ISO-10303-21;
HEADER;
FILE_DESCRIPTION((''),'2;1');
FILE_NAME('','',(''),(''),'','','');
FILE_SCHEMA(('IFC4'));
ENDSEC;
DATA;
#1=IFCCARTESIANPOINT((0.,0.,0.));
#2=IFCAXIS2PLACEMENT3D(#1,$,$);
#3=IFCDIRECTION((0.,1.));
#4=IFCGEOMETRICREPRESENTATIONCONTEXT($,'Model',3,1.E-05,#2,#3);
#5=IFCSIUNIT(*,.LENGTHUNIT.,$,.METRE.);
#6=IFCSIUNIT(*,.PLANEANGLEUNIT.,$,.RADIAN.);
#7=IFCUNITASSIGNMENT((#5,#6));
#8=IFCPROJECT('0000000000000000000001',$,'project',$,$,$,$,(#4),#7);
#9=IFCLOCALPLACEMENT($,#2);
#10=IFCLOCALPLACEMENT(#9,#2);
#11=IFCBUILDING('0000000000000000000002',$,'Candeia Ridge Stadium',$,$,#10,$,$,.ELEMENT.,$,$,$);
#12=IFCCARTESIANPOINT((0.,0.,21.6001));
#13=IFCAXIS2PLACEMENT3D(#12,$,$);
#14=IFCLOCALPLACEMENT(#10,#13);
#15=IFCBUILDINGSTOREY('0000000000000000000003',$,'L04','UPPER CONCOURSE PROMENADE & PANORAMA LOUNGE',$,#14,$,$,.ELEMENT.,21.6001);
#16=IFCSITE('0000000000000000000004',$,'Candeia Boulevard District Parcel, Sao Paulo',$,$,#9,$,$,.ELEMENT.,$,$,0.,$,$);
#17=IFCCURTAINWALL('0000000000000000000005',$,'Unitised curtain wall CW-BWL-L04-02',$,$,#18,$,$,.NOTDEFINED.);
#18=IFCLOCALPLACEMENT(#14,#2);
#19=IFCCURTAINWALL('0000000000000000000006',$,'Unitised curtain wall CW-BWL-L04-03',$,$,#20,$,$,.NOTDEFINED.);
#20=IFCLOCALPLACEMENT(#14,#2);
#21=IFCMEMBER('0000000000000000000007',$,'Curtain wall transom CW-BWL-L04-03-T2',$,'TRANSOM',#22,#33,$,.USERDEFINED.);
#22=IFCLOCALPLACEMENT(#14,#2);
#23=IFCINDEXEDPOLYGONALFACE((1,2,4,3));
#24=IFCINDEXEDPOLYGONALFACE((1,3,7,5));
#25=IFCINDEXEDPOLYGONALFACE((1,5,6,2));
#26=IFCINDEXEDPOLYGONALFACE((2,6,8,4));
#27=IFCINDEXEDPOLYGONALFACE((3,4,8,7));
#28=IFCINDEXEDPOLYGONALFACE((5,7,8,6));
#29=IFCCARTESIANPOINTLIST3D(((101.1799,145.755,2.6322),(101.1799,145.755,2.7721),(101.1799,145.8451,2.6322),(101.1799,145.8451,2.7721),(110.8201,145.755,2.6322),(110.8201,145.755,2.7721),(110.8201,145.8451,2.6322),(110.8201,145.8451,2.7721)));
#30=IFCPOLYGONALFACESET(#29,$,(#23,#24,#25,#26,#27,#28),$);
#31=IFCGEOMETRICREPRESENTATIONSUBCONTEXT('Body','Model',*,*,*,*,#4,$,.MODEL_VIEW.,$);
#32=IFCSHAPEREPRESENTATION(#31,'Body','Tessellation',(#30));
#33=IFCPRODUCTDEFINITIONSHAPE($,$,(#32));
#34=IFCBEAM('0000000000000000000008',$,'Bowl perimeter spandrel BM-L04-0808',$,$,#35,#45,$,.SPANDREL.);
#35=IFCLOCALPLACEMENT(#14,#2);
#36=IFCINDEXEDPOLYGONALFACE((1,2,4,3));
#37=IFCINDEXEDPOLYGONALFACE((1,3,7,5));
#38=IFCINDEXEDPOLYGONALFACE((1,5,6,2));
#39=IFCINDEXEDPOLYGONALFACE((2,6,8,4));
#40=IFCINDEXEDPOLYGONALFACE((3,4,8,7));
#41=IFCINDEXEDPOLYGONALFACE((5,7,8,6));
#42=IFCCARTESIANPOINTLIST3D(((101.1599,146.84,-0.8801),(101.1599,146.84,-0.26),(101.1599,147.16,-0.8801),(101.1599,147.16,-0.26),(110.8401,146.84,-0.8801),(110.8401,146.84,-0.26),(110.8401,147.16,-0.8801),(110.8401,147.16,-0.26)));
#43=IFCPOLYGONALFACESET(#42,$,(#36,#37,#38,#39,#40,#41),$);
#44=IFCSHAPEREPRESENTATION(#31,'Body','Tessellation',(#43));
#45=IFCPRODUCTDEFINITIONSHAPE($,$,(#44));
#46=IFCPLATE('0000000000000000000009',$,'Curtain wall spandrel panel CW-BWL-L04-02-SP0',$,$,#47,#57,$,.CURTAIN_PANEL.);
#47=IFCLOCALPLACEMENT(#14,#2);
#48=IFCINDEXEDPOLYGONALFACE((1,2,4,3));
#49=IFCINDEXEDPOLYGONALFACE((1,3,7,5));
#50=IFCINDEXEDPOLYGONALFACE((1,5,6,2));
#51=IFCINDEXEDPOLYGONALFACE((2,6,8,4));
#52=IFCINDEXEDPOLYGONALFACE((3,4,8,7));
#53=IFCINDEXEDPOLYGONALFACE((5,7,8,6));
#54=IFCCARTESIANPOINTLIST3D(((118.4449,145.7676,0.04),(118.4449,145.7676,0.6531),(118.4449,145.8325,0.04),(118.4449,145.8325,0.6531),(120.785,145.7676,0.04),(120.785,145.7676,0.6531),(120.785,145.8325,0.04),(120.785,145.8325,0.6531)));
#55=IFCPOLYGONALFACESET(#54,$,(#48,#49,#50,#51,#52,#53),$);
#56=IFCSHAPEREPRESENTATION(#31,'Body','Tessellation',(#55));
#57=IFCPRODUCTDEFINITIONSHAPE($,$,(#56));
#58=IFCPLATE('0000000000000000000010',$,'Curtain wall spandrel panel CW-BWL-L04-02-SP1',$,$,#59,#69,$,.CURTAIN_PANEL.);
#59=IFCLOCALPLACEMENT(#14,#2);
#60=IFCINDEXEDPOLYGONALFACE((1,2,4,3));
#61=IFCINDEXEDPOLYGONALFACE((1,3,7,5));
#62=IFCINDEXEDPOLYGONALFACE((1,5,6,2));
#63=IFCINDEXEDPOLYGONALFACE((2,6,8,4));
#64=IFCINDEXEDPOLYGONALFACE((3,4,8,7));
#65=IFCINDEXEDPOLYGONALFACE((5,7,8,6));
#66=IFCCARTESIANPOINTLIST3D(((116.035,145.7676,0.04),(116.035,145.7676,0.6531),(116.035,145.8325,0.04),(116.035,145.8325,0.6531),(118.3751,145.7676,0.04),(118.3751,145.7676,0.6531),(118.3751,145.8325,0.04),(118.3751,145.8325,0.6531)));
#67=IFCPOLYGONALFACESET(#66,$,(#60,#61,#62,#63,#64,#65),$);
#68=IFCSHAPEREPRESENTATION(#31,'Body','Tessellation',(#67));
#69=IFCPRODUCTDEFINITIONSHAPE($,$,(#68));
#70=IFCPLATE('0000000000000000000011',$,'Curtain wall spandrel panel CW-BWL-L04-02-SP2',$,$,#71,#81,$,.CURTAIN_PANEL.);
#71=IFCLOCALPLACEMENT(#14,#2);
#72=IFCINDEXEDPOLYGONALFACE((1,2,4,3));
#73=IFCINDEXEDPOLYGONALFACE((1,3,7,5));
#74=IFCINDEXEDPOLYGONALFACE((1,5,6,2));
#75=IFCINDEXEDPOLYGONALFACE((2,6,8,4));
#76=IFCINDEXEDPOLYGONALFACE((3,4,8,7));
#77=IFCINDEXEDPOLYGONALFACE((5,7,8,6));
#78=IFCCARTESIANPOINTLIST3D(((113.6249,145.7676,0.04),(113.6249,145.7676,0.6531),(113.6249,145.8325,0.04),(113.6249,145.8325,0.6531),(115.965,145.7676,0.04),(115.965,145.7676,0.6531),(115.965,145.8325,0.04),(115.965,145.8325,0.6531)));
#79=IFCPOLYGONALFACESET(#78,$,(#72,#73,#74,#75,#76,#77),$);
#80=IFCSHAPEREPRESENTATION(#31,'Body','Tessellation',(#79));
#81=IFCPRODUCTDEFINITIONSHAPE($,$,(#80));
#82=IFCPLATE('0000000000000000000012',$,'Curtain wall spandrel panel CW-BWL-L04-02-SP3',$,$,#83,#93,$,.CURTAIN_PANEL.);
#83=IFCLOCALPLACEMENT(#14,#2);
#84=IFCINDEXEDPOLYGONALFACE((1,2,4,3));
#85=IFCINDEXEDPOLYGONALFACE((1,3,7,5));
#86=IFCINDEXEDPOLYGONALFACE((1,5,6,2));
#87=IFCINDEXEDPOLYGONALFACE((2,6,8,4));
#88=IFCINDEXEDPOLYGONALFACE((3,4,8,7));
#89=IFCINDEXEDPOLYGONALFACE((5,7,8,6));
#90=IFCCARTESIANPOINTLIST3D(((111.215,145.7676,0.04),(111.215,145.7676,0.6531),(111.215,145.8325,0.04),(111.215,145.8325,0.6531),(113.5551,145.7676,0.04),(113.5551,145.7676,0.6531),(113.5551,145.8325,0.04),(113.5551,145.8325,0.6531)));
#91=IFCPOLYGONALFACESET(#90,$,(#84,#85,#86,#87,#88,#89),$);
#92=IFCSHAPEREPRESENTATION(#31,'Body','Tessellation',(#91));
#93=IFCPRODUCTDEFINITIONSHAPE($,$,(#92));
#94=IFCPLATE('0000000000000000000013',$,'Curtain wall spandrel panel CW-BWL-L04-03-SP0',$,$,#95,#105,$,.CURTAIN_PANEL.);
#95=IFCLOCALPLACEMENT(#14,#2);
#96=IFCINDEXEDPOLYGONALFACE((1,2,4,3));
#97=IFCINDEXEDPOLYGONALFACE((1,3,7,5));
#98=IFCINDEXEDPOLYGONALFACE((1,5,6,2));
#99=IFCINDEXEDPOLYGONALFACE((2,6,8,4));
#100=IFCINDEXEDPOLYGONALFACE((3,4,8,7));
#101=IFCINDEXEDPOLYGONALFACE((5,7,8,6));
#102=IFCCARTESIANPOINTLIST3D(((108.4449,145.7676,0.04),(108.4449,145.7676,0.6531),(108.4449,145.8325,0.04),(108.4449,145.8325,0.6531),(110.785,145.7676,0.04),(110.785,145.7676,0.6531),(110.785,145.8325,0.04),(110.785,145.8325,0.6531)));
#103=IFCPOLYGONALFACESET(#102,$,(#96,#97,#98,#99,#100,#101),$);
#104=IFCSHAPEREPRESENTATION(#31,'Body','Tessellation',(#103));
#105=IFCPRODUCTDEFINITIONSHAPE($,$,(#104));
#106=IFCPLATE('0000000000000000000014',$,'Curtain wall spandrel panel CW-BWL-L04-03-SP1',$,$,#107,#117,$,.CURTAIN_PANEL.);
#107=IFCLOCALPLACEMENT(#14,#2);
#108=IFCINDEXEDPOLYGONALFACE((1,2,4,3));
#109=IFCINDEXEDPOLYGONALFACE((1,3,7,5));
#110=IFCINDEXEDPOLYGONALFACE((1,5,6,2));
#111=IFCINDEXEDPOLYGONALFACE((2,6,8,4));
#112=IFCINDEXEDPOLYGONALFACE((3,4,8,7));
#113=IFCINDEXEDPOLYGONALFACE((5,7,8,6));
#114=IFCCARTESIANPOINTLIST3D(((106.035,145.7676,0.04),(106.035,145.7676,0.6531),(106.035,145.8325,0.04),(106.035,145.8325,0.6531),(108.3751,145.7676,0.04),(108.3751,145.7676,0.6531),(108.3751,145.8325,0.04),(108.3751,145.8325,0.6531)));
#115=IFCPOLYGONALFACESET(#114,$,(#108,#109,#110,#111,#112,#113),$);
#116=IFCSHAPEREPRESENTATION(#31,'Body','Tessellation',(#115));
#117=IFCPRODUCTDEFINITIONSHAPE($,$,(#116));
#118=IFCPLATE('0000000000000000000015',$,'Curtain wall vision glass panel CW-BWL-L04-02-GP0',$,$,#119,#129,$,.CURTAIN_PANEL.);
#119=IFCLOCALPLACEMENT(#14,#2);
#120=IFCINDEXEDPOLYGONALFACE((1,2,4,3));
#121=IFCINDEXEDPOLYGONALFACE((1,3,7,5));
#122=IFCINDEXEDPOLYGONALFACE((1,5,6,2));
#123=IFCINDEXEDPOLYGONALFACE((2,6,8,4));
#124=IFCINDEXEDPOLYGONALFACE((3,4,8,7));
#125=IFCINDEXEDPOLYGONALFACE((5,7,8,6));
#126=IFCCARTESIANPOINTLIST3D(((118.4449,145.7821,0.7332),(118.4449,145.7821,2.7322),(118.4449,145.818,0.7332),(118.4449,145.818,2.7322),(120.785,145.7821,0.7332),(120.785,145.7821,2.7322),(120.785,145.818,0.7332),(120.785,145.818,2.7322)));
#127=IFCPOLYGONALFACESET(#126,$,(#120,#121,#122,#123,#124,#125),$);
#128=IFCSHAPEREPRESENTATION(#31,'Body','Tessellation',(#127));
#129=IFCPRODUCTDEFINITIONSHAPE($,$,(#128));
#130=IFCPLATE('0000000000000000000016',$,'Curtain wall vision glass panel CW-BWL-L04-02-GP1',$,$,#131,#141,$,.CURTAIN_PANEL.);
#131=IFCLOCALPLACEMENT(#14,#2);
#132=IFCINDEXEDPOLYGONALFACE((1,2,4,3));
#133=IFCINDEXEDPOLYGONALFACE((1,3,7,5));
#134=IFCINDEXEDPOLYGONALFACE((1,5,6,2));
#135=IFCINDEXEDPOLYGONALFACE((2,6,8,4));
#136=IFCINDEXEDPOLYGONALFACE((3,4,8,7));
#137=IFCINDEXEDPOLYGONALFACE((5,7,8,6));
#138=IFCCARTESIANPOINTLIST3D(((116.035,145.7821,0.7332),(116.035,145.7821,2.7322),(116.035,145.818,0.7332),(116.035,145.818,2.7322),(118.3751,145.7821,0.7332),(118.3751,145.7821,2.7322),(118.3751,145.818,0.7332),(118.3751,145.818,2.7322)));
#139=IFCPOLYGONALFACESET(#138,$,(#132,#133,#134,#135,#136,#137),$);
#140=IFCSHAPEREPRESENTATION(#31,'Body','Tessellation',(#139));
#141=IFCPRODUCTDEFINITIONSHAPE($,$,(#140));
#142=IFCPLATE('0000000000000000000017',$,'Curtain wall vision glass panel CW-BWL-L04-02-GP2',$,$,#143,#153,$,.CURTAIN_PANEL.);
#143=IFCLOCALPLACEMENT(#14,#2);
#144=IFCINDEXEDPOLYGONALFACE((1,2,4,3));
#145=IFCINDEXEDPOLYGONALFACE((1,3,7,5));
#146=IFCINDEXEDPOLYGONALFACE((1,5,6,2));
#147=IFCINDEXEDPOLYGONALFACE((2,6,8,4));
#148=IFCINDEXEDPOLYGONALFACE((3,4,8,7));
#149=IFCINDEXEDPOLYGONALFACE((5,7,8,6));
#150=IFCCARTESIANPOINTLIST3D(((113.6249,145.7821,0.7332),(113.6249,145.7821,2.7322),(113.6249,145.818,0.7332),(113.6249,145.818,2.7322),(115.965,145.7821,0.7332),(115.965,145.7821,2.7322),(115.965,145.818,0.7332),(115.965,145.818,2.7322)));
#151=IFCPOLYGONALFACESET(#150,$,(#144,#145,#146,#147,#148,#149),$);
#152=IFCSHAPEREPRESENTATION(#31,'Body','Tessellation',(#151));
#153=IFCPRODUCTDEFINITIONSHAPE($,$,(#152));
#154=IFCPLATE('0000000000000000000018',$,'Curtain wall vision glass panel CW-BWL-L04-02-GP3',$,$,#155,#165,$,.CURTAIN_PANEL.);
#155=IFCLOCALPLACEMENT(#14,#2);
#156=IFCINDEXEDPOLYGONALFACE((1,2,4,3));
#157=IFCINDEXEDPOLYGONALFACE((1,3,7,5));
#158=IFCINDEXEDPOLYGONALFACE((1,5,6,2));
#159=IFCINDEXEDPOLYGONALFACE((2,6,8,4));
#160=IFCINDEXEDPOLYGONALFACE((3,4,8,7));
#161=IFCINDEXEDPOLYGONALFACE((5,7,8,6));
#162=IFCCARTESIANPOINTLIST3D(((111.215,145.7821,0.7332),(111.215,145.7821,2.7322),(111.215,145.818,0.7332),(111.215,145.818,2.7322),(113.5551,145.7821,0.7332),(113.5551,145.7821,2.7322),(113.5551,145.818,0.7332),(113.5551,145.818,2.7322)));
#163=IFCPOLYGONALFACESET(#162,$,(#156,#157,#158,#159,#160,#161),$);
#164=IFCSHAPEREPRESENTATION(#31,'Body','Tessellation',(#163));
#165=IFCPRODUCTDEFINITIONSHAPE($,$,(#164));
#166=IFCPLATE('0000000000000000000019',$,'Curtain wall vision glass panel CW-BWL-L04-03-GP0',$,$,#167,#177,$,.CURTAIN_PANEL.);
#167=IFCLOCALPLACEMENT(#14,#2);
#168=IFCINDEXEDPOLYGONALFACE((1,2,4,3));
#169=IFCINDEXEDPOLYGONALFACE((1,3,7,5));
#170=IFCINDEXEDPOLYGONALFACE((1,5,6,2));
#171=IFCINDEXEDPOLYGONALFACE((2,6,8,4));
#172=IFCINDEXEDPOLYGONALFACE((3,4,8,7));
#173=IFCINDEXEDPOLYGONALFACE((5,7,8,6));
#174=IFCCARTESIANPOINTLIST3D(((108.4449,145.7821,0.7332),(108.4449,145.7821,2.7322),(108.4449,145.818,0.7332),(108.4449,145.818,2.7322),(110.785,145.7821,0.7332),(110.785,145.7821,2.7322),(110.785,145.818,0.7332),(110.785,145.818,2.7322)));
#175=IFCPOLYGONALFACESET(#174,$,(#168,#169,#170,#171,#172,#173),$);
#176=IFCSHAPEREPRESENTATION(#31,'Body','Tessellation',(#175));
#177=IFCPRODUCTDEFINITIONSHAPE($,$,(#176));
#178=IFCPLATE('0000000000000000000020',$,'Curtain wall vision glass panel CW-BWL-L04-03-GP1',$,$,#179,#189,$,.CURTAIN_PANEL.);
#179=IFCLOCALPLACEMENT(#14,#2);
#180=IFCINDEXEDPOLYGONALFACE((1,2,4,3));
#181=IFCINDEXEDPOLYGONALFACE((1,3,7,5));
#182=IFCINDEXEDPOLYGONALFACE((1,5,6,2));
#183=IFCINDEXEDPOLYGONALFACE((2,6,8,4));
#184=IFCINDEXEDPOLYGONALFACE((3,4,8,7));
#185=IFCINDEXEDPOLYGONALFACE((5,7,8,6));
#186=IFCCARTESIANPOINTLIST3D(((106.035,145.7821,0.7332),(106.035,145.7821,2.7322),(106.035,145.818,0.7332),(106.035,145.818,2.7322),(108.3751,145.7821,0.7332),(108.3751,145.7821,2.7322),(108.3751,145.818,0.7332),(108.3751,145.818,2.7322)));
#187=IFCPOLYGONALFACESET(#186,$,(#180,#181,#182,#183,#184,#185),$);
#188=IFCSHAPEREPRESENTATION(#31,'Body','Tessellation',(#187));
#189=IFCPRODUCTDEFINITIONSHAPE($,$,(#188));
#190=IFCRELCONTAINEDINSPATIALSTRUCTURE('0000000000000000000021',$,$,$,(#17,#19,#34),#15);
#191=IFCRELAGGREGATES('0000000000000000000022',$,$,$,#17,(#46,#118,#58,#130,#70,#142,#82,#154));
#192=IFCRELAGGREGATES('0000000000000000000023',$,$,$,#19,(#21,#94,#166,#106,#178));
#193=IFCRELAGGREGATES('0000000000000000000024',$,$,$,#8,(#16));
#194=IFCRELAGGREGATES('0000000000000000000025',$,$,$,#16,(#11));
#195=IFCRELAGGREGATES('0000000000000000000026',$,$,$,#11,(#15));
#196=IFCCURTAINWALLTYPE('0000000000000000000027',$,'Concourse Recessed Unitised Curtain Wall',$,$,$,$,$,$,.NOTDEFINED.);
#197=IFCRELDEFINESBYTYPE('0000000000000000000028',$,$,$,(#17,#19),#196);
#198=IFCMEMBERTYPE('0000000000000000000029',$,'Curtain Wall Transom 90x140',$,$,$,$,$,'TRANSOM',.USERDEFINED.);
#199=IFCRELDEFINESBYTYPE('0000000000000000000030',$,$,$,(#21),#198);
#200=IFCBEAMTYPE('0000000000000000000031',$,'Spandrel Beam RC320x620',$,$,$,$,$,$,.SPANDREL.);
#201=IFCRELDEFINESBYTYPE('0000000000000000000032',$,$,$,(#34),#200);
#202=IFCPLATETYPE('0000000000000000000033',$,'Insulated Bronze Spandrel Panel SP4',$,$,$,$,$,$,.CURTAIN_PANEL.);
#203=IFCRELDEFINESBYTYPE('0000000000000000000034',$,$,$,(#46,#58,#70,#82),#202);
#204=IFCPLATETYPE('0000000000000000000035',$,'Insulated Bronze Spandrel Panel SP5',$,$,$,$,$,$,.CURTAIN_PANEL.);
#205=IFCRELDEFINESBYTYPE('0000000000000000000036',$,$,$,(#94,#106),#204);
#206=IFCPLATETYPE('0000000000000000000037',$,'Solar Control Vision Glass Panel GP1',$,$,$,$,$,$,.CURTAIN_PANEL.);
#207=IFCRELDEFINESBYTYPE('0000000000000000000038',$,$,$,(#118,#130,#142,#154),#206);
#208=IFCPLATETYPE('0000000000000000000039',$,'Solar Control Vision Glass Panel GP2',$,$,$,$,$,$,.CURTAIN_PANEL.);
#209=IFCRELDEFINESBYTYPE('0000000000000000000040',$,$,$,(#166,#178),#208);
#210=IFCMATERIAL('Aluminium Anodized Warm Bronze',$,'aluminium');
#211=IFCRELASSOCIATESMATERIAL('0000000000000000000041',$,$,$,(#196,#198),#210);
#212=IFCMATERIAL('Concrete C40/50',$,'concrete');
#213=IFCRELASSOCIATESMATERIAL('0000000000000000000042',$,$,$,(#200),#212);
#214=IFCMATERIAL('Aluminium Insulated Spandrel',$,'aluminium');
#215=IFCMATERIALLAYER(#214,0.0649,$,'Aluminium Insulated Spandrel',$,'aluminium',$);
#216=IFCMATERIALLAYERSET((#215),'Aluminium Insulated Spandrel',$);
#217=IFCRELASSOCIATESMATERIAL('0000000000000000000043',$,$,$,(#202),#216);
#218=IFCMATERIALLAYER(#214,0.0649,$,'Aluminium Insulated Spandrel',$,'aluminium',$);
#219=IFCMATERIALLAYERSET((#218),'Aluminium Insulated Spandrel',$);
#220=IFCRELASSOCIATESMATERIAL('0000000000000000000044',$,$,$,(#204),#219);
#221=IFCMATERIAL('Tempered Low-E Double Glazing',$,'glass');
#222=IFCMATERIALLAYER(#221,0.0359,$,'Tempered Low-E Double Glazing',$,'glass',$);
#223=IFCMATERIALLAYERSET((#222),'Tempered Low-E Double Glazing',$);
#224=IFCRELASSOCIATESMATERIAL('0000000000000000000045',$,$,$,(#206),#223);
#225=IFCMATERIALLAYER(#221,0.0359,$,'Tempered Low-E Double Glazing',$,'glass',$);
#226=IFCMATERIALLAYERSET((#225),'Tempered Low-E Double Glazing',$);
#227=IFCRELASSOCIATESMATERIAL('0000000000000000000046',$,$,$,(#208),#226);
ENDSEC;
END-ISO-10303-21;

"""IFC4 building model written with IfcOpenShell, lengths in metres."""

from ifc_helpers import new_model, si_unit, direction, frame, origin, origin_2d, place, context, subcontext, project, spatial, rectangle, extrude, material, layer, layer_set, material_profile, profile_set, type_object, element, aggregate, save


model = new_model("IFC4")

# Units and contexts
model_context = context("Model", 3, precision=1e-05, world=origin(), true_north=direction((0.0, 1.0)))
body_context = subcontext(model_context, "Body", "Model", "MODEL_VIEW")
ifc_project = project(units=[si_unit("LENGTHUNIT", "METRE"), si_unit("PLANEANGLEUNIT", "RADIAN")], contexts=[model_context])

# Site, building, storey
site_placement = place(None, origin())
site = spatial("IfcSite", under=ifc_project, at=site_placement, Name="Candeia Boulevard District Parcel, Sao Paulo", CompositionType="ELEMENT", RefElevation=0.0)
building_placement = place(site_placement, origin())
building = spatial("IfcBuilding", under=site, at=building_placement, Name="Candeia Ridge Stadium", CompositionType="ELEMENT")
storey_placement = place(building_placement, frame((0.0, 0.0, 21.6001)))
storey = spatial("IfcBuildingStorey", under=building, at=storey_placement, Name="L04", Description="UPPER CONCOURSE PROMENADE & PANORAMA LOUNGE", CompositionType="ELEMENT", Elevation=21.6001)

# Curtain wall
ifc_material_1 = material(Name="Aluminium Anodized Warm Bronze", Category="aluminium")
curtain_wall_type = type_object("IfcCurtainWallType", Name="Concourse Recessed Unitised Curtain Wall", PredefinedType="NOTDEFINED", material=ifc_material_1)
curtain_wall_1_placement = place(storey_placement, origin())
curtain_wall_1 = element("IfcCurtainWall", 1, at=curtain_wall_1_placement, inside=storey, type_object=curtain_wall_type, Name="Unitised curtain wall CW-BWL-L04-02", PredefinedType="NOTDEFINED")

# Curtain wall
curtain_wall_2_placement = place(storey_placement, origin())
curtain_wall_2 = element("IfcCurtainWall", 2, at=curtain_wall_2_placement, inside=storey, type_object=curtain_wall_type, Name="Unitised curtain wall CW-BWL-L04-03", PredefinedType="NOTDEFINED")

# Member
ifc_material_profile_1 = material_profile(ifc_material_1, rectangle(XDim=0.0901, YDim=0.1399, at=origin_2d()), Name="CWT-90x140", Category="aluminium")
ifc_profile_set_1 = profile_set([ifc_material_profile_1], Name="Aluminium Anodized Warm Bronze")
member_type_1 = type_object("IfcMemberType", Name="Curtain Wall Transom 90x140", ElementType="TRANSOM", PredefinedType="USERDEFINED", material=ifc_profile_set_1)
member_1_placement = place(storey_placement, frame((110.8201, 145.8, 2.7021), z_axis=(-1.0, 0.0, 0.0), x_axis=(0.0, -1.0, 0.0)))
member_1 = element("IfcMember", 3, at=member_1_placement, type_object=member_type_1, Name="Curtain wall transom CW-BWL-L04-03-T2", ObjectType="TRANSOM", PredefinedType="USERDEFINED", context=body_context, shape_type="SweptSolid", body=[
    extrude(rectangle(XDim=0.0901, YDim=0.1399, at=origin_2d()), origin(), (0.0, 0.0, 1.0), 9.6401),
])

# Beam
ifc_material_2 = material(Name="Concrete C40/50", Category="concrete")
ifc_material_profile_2 = material_profile(ifc_material_2, rectangle(XDim=0.3201, YDim=0.6201, at=origin_2d()), Name="RC320x620", Category="concrete")
ifc_profile_set_2 = profile_set([ifc_material_profile_2], Name="Concrete C40/50")
beam_type = type_object("IfcBeamType", Name="Spandrel Beam RC320x620", PredefinedType="SPANDREL", material=ifc_profile_set_2)
beam_placement = place(storey_placement, frame((110.8401, 147.0, -0.5701), z_axis=(-1.0, 0.0, 0.0), x_axis=(0.0, -1.0, 0.0)))
element("IfcBeam", 4, at=beam_placement, inside=storey, type_object=beam_type, Name="Bowl perimeter spandrel BM-L04-0808", PredefinedType="SPANDREL", context=body_context, shape_type="SweptSolid", body=[
    extrude(rectangle(XDim=0.3201, YDim=0.6201, at=origin_2d()), origin(), (0.0, 0.0, 1.0), 9.6802),
])

# Plates
ifc_material_3 = material(Name="Aluminium Insulated Spandrel", Category="aluminium")
ifc_layer_1 = layer(ifc_material_3, 0.0649, Name="Aluminium Insulated Spandrel", Category="aluminium")
ifc_layer_set_1 = layer_set([ifc_layer_1], Name="Aluminium Insulated Spandrel")
plate_type_1 = type_object("IfcPlateType", Name="Insulated Bronze Spandrel Panel SP4", PredefinedType="CURTAIN_PANEL", material=ifc_layer_set_1)
plate_1_placement = place(storey_placement, frame((119.615, 145.8, 0.04), z_axis=(0.0, 0.0, 1.0), x_axis=(-1.0, 0.0, 0.0)))
plate_1 = element("IfcPlate", 5, at=plate_1_placement, type_object=plate_type_1, Name="Curtain wall spandrel panel CW-BWL-L04-02-SP0", PredefinedType="CURTAIN_PANEL", context=body_context, shape_type="SweptSolid", body=[
    extrude(rectangle(XDim=2.3401, YDim=0.0649, at=origin_2d()), origin(), (0.0, 0.0, 1.0), 0.613),
])
plate_2_placement = place(storey_placement, frame((117.2051, 145.8, 0.04), z_axis=(0.0, 0.0, 1.0), x_axis=(-1.0, 0.0, 0.0)))
plate_2 = element("IfcPlate", 6, at=plate_2_placement, type_object=plate_type_1, Name="Curtain wall spandrel panel CW-BWL-L04-02-SP1", PredefinedType="CURTAIN_PANEL", context=body_context, shape_type="SweptSolid", body=[
    extrude(rectangle(XDim=2.3401, YDim=0.0649, at=origin_2d()), origin(), (0.0, 0.0, 1.0), 0.613),
])
plate_3_placement = place(storey_placement, frame((114.7949, 145.8, 0.04), z_axis=(0.0, 0.0, 1.0), x_axis=(-1.0, 0.0, 0.0)))
plate_3 = element("IfcPlate", 7, at=plate_3_placement, type_object=plate_type_1, Name="Curtain wall spandrel panel CW-BWL-L04-02-SP2", PredefinedType="CURTAIN_PANEL", context=body_context, shape_type="SweptSolid", body=[
    extrude(rectangle(XDim=2.3401, YDim=0.0649, at=origin_2d()), origin(), (0.0, 0.0, 1.0), 0.613),
])
plate_4_placement = place(storey_placement, frame((112.385, 145.8, 0.04), z_axis=(0.0, 0.0, 1.0), x_axis=(-1.0, 0.0, 0.0)))
plate_4 = element("IfcPlate", 8, at=plate_4_placement, type_object=plate_type_1, Name="Curtain wall spandrel panel CW-BWL-L04-02-SP3", PredefinedType="CURTAIN_PANEL", context=body_context, shape_type="SweptSolid", body=[
    extrude(rectangle(XDim=2.3401, YDim=0.0649, at=origin_2d()), origin(), (0.0, 0.0, 1.0), 0.613),
])
ifc_layer_2 = layer(ifc_material_3, 0.0649, Name="Aluminium Insulated Spandrel", Category="aluminium")
ifc_layer_set_2 = layer_set([ifc_layer_2], Name="Aluminium Insulated Spandrel")
plate_type_2 = type_object("IfcPlateType", Name="Insulated Bronze Spandrel Panel SP5", PredefinedType="CURTAIN_PANEL", material=ifc_layer_set_2)
plate_5_placement = place(storey_placement, frame((109.615, 145.8, 0.04), z_axis=(0.0, 0.0, 1.0), x_axis=(-1.0, 0.0, 0.0)))
plate_5 = element("IfcPlate", 9, at=plate_5_placement, type_object=plate_type_2, Name="Curtain wall spandrel panel CW-BWL-L04-03-SP0", PredefinedType="CURTAIN_PANEL", context=body_context, shape_type="SweptSolid", body=[
    extrude(rectangle(XDim=2.3401, YDim=0.0649, at=origin_2d()), origin(), (0.0, 0.0, 1.0), 0.613),
])
plate_6_placement = place(storey_placement, frame((107.2051, 145.8, 0.04), z_axis=(0.0, 0.0, 1.0), x_axis=(-1.0, 0.0, 0.0)))
plate_6 = element("IfcPlate", 10, at=plate_6_placement, type_object=plate_type_2, Name="Curtain wall spandrel panel CW-BWL-L04-03-SP1", PredefinedType="CURTAIN_PANEL", context=body_context, shape_type="SweptSolid", body=[
    extrude(rectangle(XDim=2.3401, YDim=0.0649, at=origin_2d()), origin(), (0.0, 0.0, 1.0), 0.613),
])
ifc_material_4 = material(Name="Tempered Low-E Double Glazing", Category="glass")
ifc_layer_3 = layer(ifc_material_4, 0.0359, Name="Tempered Low-E Double Glazing", Category="glass")
ifc_layer_set_3 = layer_set([ifc_layer_3], Name="Tempered Low-E Double Glazing")
plate_type_3 = type_object("IfcPlateType", Name="Solar Control Vision Glass Panel GP1", PredefinedType="CURTAIN_PANEL", material=ifc_layer_set_3)
plate_7_placement = place(storey_placement, frame((119.615, 145.8, 0.7332), z_axis=(0.0, 0.0, 1.0), x_axis=(-1.0, 0.0, 0.0)))
plate_7 = element("IfcPlate", 11, at=plate_7_placement, type_object=plate_type_3, Name="Curtain wall vision glass panel CW-BWL-L04-02-GP0", PredefinedType="CURTAIN_PANEL", context=body_context, shape_type="SweptSolid", body=[
    extrude(rectangle(XDim=2.3401, YDim=0.0359, at=origin_2d()), origin(), (0.0, 0.0, 1.0), 1.999),
])
plate_8_placement = place(storey_placement, frame((117.2051, 145.8, 0.7332), z_axis=(0.0, 0.0, 1.0), x_axis=(-1.0, 0.0, 0.0)))
plate_8 = element("IfcPlate", 12, at=plate_8_placement, type_object=plate_type_3, Name="Curtain wall vision glass panel CW-BWL-L04-02-GP1", PredefinedType="CURTAIN_PANEL", context=body_context, shape_type="SweptSolid", body=[
    extrude(rectangle(XDim=2.3401, YDim=0.0359, at=origin_2d()), origin(), (0.0, 0.0, 1.0), 1.999),
])
plate_9_placement = place(storey_placement, frame((114.7949, 145.8, 0.7332), z_axis=(0.0, 0.0, 1.0), x_axis=(-1.0, 0.0, 0.0)))
plate_9 = element("IfcPlate", 13, at=plate_9_placement, type_object=plate_type_3, Name="Curtain wall vision glass panel CW-BWL-L04-02-GP2", PredefinedType="CURTAIN_PANEL", context=body_context, shape_type="SweptSolid", body=[
    extrude(rectangle(XDim=2.3401, YDim=0.0359, at=origin_2d()), origin(), (0.0, 0.0, 1.0), 1.999),
])
plate_10_placement = place(storey_placement, frame((112.385, 145.8, 0.7332), z_axis=(0.0, 0.0, 1.0), x_axis=(-1.0, 0.0, 0.0)))
plate_10 = element("IfcPlate", 14, at=plate_10_placement, type_object=plate_type_3, Name="Curtain wall vision glass panel CW-BWL-L04-02-GP3", PredefinedType="CURTAIN_PANEL", context=body_context, shape_type="SweptSolid", body=[
    extrude(rectangle(XDim=2.3401, YDim=0.0359, at=origin_2d()), origin(), (0.0, 0.0, 1.0), 1.999),
])
aggregate(curtain_wall_1, [plate_1, plate_7, plate_2, plate_8, plate_3, plate_9, plate_4, plate_10])
ifc_layer_4 = layer(ifc_material_4, 0.0359, Name="Tempered Low-E Double Glazing", Category="glass")
ifc_layer_set_4 = layer_set([ifc_layer_4], Name="Tempered Low-E Double Glazing")
plate_type_4 = type_object("IfcPlateType", Name="Solar Control Vision Glass Panel GP2", PredefinedType="CURTAIN_PANEL", material=ifc_layer_set_4)
plate_11_placement = place(storey_placement, frame((109.615, 145.8, 0.7332), z_axis=(0.0, 0.0, 1.0), x_axis=(-1.0, 0.0, 0.0)))
plate_11 = element("IfcPlate", 15, at=plate_11_placement, type_object=plate_type_4, Name="Curtain wall vision glass panel CW-BWL-L04-03-GP0", PredefinedType="CURTAIN_PANEL", context=body_context, shape_type="SweptSolid", body=[
    extrude(rectangle(XDim=2.3401, YDim=0.0359, at=origin_2d()), origin(), (0.0, 0.0, 1.0), 1.999),
])
plate_12_placement = place(storey_placement, frame((107.2051, 145.8, 0.7332), z_axis=(0.0, 0.0, 1.0), x_axis=(-1.0, 0.0, 0.0)))
plate_12 = element("IfcPlate", 16, at=plate_12_placement, type_object=plate_type_4, Name="Curtain wall vision glass panel CW-BWL-L04-03-GP1", PredefinedType="CURTAIN_PANEL", context=body_context, shape_type="SweptSolid", body=[
    extrude(rectangle(XDim=2.3401, YDim=0.0359, at=origin_2d()), origin(), (0.0, 0.0, 1.0), 1.999),
])
aggregate(curtain_wall_2, [member_1, plate_5, plate_11, plate_6, plate_12])

save(model, "model.ifc")
